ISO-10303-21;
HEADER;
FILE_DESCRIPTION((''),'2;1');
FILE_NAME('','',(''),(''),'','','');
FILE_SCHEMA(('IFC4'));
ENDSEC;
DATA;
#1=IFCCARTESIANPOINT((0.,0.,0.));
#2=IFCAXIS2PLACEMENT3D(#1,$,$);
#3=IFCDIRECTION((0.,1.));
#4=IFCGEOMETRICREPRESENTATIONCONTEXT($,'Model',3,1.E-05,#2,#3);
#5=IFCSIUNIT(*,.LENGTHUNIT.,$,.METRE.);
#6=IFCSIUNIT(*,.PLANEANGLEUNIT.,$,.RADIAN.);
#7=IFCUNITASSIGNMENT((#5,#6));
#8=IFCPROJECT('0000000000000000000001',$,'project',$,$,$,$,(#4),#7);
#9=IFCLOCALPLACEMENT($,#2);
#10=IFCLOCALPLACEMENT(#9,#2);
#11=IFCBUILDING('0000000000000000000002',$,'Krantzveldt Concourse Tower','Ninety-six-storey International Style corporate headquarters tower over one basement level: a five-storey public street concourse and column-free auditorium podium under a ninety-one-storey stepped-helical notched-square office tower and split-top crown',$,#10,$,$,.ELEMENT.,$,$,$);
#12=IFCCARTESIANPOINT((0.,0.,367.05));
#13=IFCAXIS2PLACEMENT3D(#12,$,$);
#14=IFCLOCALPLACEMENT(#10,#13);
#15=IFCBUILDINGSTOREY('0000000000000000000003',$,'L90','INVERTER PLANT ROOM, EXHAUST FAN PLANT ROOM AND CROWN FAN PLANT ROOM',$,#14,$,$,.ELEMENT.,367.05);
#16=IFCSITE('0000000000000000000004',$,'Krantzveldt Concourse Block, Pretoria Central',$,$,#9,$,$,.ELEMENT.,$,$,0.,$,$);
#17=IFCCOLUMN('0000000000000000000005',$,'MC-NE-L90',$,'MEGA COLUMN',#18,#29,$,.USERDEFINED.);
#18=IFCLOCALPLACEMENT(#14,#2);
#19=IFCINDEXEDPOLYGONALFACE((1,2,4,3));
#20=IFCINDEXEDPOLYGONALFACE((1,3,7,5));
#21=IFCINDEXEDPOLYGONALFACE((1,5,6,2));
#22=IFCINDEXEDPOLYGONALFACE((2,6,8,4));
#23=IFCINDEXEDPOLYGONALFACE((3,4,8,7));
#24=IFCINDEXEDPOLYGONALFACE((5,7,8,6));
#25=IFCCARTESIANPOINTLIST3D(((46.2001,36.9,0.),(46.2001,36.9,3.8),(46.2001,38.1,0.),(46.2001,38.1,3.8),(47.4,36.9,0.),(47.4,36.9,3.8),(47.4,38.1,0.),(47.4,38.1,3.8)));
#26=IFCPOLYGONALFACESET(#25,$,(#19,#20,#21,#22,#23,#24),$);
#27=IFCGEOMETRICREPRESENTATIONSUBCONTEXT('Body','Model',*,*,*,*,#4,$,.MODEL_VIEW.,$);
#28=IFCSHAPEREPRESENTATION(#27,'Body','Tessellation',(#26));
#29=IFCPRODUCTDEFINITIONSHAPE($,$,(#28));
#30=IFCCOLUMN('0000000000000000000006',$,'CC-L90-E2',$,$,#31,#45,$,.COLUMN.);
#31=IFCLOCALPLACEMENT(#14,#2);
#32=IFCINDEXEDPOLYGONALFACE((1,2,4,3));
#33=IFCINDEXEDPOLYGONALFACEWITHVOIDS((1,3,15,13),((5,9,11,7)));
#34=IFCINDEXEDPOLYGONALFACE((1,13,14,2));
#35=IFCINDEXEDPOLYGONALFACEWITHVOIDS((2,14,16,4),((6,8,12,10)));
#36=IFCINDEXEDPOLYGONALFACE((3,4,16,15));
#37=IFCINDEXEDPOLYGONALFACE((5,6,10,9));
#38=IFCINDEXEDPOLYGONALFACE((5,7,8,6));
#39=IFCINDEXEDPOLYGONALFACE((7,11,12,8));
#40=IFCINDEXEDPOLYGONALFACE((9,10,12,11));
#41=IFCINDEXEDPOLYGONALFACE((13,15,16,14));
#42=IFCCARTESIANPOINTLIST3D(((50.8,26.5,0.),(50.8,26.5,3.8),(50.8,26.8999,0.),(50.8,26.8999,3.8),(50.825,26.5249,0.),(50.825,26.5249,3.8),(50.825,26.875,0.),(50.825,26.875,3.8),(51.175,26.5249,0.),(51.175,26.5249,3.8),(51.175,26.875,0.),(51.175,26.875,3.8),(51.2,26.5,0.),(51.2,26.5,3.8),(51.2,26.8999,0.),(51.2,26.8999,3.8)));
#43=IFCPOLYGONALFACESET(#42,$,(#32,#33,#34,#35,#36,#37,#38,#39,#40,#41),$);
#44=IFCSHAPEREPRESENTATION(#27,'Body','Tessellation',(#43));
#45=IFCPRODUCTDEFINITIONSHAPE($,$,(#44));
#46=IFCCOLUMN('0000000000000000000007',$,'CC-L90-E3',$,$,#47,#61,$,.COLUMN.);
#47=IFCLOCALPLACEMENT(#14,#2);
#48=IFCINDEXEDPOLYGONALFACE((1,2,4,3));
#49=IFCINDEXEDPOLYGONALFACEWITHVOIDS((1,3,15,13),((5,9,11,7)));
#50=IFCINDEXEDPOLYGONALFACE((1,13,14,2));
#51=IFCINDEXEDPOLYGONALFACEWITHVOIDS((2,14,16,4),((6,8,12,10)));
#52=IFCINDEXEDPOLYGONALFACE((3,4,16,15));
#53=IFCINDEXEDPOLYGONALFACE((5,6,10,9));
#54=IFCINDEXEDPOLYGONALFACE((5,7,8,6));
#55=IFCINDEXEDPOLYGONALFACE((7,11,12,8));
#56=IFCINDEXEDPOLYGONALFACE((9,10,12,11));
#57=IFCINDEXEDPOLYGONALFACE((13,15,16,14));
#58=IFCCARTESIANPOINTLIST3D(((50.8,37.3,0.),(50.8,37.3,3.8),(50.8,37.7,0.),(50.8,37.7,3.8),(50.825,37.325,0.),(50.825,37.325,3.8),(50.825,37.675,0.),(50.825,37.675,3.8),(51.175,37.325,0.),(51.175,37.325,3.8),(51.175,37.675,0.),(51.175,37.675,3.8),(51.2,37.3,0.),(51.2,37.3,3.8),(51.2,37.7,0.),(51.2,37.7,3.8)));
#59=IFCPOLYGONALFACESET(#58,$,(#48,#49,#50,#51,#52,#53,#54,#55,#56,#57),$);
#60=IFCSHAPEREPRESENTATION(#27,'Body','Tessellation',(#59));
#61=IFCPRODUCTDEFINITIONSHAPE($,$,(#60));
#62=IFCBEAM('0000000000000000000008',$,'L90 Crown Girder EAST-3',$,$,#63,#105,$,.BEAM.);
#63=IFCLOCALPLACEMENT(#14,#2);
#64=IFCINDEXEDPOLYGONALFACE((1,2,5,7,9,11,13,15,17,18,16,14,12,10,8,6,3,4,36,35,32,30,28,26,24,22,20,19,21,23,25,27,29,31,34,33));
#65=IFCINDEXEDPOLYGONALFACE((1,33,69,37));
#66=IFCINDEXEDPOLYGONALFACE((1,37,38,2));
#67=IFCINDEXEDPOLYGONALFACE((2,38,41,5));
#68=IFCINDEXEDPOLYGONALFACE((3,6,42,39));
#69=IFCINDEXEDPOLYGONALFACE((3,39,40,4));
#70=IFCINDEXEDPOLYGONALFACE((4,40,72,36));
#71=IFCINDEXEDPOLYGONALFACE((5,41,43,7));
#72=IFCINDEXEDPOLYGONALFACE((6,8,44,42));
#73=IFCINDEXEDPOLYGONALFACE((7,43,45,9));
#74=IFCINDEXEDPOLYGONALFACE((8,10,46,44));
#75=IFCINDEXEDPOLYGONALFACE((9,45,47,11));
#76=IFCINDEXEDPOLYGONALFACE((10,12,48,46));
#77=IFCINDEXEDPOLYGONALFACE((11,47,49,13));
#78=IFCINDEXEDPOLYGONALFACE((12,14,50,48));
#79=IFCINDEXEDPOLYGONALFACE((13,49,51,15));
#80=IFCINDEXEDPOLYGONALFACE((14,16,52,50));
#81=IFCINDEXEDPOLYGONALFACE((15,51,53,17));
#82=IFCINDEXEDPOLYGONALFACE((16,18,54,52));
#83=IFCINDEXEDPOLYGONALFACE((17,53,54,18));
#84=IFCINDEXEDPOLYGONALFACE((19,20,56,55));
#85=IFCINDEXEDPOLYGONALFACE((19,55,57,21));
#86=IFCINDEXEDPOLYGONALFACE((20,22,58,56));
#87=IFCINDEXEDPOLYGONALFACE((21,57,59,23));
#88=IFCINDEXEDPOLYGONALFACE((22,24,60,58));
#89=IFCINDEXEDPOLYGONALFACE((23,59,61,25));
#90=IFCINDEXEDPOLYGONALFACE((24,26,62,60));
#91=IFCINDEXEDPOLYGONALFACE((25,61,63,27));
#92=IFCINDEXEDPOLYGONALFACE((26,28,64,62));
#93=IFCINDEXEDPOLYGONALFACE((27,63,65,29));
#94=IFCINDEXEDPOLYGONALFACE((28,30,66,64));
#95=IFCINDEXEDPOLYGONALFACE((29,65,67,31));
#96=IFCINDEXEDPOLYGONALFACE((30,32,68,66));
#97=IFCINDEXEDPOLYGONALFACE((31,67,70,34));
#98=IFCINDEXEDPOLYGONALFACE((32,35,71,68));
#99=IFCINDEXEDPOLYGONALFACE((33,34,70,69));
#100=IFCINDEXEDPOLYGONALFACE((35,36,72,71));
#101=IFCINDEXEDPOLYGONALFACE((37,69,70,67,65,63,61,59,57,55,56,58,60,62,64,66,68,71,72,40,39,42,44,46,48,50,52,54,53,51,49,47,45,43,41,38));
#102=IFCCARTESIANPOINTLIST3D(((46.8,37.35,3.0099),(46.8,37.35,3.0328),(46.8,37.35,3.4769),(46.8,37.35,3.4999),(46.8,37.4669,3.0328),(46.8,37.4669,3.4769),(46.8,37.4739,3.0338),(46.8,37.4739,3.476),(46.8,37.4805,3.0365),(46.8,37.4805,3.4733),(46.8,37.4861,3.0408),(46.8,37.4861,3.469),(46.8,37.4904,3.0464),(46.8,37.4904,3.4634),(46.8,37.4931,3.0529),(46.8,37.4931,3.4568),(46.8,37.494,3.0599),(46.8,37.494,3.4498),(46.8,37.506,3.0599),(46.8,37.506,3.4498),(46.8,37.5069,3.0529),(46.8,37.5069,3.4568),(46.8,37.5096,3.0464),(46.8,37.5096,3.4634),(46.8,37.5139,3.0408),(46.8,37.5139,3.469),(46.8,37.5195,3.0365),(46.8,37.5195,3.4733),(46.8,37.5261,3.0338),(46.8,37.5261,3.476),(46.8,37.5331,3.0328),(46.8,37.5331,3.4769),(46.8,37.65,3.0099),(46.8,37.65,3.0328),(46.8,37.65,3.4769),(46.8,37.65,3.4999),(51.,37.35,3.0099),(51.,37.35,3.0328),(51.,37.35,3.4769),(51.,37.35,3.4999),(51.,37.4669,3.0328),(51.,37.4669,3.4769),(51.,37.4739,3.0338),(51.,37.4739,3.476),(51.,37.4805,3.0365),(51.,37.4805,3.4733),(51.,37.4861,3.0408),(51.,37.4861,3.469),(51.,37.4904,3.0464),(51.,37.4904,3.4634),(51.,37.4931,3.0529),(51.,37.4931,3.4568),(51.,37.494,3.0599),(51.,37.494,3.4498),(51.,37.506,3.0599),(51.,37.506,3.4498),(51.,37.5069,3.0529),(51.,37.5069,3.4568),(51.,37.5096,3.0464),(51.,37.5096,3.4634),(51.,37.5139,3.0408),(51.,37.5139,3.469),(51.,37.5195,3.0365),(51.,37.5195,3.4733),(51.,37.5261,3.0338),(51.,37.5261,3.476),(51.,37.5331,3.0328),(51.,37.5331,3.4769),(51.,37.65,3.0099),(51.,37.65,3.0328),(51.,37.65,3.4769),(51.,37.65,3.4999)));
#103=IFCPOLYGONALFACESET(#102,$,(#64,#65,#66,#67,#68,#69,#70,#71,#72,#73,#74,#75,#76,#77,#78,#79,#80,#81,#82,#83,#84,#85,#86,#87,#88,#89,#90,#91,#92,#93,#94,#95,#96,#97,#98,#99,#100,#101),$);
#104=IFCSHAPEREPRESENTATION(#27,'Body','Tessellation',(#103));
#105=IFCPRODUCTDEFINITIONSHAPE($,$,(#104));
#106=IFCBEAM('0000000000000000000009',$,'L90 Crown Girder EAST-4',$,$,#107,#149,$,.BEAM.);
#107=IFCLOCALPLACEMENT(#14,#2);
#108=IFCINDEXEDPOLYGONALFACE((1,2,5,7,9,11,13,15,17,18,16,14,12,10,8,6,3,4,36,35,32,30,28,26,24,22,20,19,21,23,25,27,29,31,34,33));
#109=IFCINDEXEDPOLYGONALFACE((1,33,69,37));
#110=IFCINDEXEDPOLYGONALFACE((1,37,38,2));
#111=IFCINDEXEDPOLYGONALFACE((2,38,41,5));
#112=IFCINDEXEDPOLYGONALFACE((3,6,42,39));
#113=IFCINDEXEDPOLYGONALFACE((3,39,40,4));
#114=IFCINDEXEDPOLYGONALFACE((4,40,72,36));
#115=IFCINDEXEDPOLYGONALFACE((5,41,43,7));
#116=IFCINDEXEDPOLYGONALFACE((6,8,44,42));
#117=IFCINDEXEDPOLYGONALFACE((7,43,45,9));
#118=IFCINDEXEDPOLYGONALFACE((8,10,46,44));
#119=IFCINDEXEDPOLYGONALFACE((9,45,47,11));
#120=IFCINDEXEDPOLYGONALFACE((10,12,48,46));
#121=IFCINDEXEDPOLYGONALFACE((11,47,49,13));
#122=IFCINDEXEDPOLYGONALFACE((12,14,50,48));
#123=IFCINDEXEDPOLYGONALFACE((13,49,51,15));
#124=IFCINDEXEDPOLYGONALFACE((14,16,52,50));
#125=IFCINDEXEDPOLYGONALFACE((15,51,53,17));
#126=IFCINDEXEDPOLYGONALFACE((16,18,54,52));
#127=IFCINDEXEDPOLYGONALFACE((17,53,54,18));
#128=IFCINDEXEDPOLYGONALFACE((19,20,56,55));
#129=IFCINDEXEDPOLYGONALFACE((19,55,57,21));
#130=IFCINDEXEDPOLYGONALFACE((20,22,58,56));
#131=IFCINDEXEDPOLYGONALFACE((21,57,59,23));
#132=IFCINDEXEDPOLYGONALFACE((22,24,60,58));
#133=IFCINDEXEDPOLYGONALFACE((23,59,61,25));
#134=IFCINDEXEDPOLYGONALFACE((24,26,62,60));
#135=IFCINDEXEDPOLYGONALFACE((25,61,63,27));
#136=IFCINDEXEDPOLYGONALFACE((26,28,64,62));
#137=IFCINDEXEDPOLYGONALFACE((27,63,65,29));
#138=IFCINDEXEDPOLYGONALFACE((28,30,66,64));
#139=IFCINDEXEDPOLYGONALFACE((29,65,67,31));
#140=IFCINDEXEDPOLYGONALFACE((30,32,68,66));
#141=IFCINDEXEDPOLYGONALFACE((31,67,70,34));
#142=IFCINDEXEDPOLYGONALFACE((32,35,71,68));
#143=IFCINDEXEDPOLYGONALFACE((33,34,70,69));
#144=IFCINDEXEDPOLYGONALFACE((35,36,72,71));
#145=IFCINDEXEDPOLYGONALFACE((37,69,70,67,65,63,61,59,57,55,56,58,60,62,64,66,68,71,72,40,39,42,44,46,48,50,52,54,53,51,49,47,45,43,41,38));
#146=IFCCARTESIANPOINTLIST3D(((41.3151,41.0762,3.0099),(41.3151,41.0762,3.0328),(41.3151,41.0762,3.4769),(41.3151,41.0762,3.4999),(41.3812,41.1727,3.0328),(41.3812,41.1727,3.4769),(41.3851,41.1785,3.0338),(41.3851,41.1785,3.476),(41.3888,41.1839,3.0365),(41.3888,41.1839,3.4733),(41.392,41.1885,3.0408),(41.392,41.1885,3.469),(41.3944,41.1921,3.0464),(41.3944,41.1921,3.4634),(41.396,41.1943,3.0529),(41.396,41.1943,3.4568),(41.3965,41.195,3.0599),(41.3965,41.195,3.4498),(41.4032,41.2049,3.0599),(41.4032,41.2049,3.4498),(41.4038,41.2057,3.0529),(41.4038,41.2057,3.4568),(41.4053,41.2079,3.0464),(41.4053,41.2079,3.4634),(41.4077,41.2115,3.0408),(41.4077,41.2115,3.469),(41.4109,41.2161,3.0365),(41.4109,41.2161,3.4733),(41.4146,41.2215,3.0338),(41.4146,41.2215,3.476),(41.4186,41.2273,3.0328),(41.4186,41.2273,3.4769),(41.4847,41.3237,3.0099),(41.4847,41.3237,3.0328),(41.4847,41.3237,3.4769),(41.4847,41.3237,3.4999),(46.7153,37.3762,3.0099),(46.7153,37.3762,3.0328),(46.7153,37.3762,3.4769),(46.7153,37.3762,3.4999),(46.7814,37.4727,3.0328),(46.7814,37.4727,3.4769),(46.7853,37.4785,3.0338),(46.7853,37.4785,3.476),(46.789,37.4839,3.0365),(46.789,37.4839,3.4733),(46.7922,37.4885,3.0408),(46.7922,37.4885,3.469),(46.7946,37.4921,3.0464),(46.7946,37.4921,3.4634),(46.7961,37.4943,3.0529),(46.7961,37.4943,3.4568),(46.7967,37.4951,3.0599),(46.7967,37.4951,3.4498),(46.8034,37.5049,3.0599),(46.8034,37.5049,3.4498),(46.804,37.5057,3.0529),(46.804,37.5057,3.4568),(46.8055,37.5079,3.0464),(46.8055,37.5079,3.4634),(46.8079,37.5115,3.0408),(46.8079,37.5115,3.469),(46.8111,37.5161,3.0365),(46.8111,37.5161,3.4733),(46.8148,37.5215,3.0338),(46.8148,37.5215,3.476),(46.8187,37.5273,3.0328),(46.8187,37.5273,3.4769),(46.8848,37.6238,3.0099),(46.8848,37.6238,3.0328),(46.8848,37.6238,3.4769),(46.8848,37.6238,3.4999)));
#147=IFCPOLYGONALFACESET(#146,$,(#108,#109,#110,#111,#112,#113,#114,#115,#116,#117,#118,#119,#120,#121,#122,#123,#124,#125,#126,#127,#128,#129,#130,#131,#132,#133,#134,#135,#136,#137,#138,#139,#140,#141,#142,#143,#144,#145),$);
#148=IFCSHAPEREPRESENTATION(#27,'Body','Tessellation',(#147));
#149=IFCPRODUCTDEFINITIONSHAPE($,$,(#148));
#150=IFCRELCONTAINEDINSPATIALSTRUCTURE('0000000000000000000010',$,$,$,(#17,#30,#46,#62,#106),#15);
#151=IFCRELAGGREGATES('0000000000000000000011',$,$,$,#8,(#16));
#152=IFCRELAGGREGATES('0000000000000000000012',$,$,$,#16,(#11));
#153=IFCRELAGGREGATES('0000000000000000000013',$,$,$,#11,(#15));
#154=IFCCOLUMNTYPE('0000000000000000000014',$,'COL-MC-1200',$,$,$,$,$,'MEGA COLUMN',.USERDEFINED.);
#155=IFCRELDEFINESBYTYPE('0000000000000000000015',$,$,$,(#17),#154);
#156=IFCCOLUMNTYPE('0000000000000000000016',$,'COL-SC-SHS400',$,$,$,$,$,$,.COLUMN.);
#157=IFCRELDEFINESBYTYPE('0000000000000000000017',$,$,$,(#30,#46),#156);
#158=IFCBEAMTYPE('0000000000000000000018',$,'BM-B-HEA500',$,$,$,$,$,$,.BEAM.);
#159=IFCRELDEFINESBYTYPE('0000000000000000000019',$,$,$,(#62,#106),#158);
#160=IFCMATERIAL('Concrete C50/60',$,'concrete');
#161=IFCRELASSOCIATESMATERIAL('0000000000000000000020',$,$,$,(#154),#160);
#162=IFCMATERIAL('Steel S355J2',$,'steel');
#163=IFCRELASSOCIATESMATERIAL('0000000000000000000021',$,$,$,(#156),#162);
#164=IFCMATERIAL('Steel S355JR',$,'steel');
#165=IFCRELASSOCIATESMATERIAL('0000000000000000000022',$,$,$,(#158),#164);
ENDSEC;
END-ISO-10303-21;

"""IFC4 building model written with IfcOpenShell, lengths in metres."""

from ifc_helpers import new_model, si_unit, direction, frame, origin, origin_2d, place, context, subcontext, project, spatial, rectangle, hollow_rectangle, i_section, extrude, source, transform, mapped, material, material_profile, profile_set, type_object, type_shapes, element, save


model = new_model("IFC4")

# Units and contexts
model_context = context("Model", 3, precision=1e-05, world=origin(), true_north=direction((0.0, 1.0)))
body_context = subcontext(model_context, "Body", "Model", "MODEL_VIEW")
ifc_project = project(units=[si_unit("LENGTHUNIT", "METRE"), si_unit("PLANEANGLEUNIT", "RADIAN")], contexts=[model_context])

# Site, building, storey
site_placement = place(None, origin())
site = spatial("IfcSite", under=ifc_project, at=site_placement, Name="Krantzveldt Concourse Block, Pretoria Central", CompositionType="ELEMENT", RefElevation=0.0)
building_placement = place(site_placement, origin())
building = spatial("IfcBuilding", under=site, at=building_placement, Name="Krantzveldt Concourse Tower", Description="Ninety-six-storey International Style corporate headquarters tower over one basement level: a five-storey public street concourse and column-free auditorium podium under a ninety-one-storey stepped-helical notched-square office tower and split-top crown", CompositionType="ELEMENT")
storey_placement = place(building_placement, frame((0.0, 0.0, 367.05)))
storey = spatial("IfcBuildingStorey", under=building, at=storey_placement, Name="L90", Description="INVERTER PLANT ROOM, EXHAUST FAN PLANT ROOM AND CROWN FAN PLANT ROOM", CompositionType="ELEMENT", Elevation=367.05)

# Columns
ifc_material_1 = material(Name="Concrete C50/60", Category="concrete")
ifc_material_profile_1 = material_profile(ifc_material_1, rectangle(XDim=1.2, YDim=1.2, at=origin_2d()), Name="Concrete C50/60", Category="concrete")
ifc_profile_set_1 = profile_set([ifc_material_profile_1], Name="Concrete C50/60 - RC 1200x1200")
column_type_1 = type_object("IfcColumnType", Name="COL-MC-1200", ElementType="MEGA COLUMN", PredefinedType="USERDEFINED", material=ifc_profile_set_1)
shared_shape_1 = source(origin(), body_context, "Body", "SweptSolid", [
    extrude(rectangle(XDim=1.2, YDim=1.2, at=origin_2d()), origin(), (0.0, 0.0, 1.0), 3.8),
])
type_shapes(column_type_1, [shared_shape_1])
column_placement = place(storey_placement, frame((46.8, 37.5, 0.0), z_axis=(0.0, 0.0, 1.0), x_axis=(1.0, 0.0, 0.0)))
element("IfcColumn", 1, at=column_placement, inside=storey, type_object=column_type_1, Name="MC-NE-L90", ObjectType="MEGA COLUMN", PredefinedType="USERDEFINED", context=body_context, shape_type="MappedRepresentation", body=[
    mapped(shared_shape_1, transform((0.0, 0.0, 0.0), x_axis=(1.0, 0.0, 0.0), y_axis=(0.0, 1.0, 0.0), z_axis=(0.0, 0.0, 1.0), scale=1.0)),
])
ifc_material_2 = material(Name="Steel S355J2", Category="steel")
ifc_material_profile_2 = material_profile(ifc_material_2, hollow_rectangle(XDim=0.3999, YDim=0.3999, WallThickness=0.0249, at=origin_2d()), Name="Steel S355J2", Category="steel")
ifc_profile_set_2 = profile_set([ifc_material_profile_2], Name="Steel S355J2 - SHS 400x400x25")
column_type_2 = type_object("IfcColumnType", Name="COL-SC-SHS400", PredefinedType="COLUMN", material=ifc_profile_set_2)
shared_shape_2 = source(origin(), body_context, "Body", "SweptSolid", [
    extrude(hollow_rectangle(XDim=0.3999, YDim=0.3999, WallThickness=0.0249, at=origin_2d()), origin(), (0.0, 0.0, 1.0), 3.8),
])
type_shapes(column_type_2, [shared_shape_2])
for number, where, z_axis, x_axis, name in (
    (2, (51.0, 26.7, 0.0), (0.0, 0.0, 1.0), (1.0, 0.0, 0.0), "CC-L90-E2"),
    (3, (51.0, 37.5, 0.0), (0.0, 0.0, 1.0), (1.0, 0.0, 0.0), "CC-L90-E3"),
):
    element("IfcColumn", number, at=place(storey_placement, frame(where, z_axis=z_axis, x_axis=x_axis)), inside=storey, type_object=column_type_2, Name=name, PredefinedType="COLUMN", context=body_context, shape_type="MappedRepresentation", body=[
        mapped(shared_shape_2, transform((0.0, 0.0, 0.0), x_axis=(1.0, 0.0, 0.0), y_axis=(0.0, 1.0, 0.0), z_axis=(0.0, 0.0, 1.0), scale=1.0)),
    ])

# Beams
ifc_material_3 = material(Name="Steel S355JR", Category="steel")
ifc_material_profile_3 = material_profile(ifc_material_3, i_section(OverallWidth=0.3, OverallDepth=0.49, WebThickness=0.012, FlangeThickness=0.0229, FilletRadius=0.0271, at=origin_2d()), Name="Steel S355JR", Category="steel")
ifc_profile_set_3 = profile_set([ifc_material_profile_3], Name="Steel S355JR - HEA 500")
beam_type = type_object("IfcBeamType", Name="BM-B-HEA500", PredefinedType="BEAM", material=ifc_profile_set_3)
shared_shape_3 = source(origin(), body_context, "Body", "SweptSolid", [
    extrude(i_section(OverallWidth=0.3, OverallDepth=0.49, WebThickness=0.012, FlangeThickness=0.0229, FilletRadius=0.0271, at=origin_2d()), origin(), (0.0, 0.0, 1.0), 4.2),
])
beam_1_placement = place(storey_placement, frame((51.0, 37.5, 3.2549), z_axis=(-1.0, 0.0, 0.0), x_axis=(0.0, -1.0, 0.0)))
element("IfcBeam", 4, at=beam_1_placement, inside=storey, type_object=beam_type, Name="L90 Crown Girder EAST-3", PredefinedType="BEAM", context=body_context, shape_type="MappedRepresentation", body=[
    mapped(shared_shape_3, transform((0.0, 0.0, 0.0), x_axis=(1.0, 0.0, 0.0), y_axis=(0.0, 1.0, 0.0), z_axis=(0.0, 0.0, 1.0), scale=1.0)),
])
shared_shape_4 = source(origin(), body_context, "Body", "SweptSolid", [
    extrude(i_section(OverallWidth=0.3, OverallDepth=0.49, WebThickness=0.012, FlangeThickness=0.0229, FilletRadius=0.0271, at=origin_2d()), origin(), (0.0, 0.0, 1.0), 6.5461),
])
beam_2_placement = place(storey_placement, frame((46.8, 37.5, 3.2549), z_axis=(-0.824943, 0.565216, 0.0), x_axis=(-0.565216, -0.824943, 0.0)))
element("IfcBeam", 5, at=beam_2_placement, inside=storey, type_object=beam_type, Name="L90 Crown Girder EAST-4", PredefinedType="BEAM", context=body_context, shape_type="MappedRepresentation", body=[
    mapped(shared_shape_4, transform((0.0, 0.0, 0.0), x_axis=(1.0, 0.0, 0.0), y_axis=(0.0, 1.0, 0.0), z_axis=(0.0, 0.0, 1.0), scale=1.0)),
])

save(model, "model.ifc")
